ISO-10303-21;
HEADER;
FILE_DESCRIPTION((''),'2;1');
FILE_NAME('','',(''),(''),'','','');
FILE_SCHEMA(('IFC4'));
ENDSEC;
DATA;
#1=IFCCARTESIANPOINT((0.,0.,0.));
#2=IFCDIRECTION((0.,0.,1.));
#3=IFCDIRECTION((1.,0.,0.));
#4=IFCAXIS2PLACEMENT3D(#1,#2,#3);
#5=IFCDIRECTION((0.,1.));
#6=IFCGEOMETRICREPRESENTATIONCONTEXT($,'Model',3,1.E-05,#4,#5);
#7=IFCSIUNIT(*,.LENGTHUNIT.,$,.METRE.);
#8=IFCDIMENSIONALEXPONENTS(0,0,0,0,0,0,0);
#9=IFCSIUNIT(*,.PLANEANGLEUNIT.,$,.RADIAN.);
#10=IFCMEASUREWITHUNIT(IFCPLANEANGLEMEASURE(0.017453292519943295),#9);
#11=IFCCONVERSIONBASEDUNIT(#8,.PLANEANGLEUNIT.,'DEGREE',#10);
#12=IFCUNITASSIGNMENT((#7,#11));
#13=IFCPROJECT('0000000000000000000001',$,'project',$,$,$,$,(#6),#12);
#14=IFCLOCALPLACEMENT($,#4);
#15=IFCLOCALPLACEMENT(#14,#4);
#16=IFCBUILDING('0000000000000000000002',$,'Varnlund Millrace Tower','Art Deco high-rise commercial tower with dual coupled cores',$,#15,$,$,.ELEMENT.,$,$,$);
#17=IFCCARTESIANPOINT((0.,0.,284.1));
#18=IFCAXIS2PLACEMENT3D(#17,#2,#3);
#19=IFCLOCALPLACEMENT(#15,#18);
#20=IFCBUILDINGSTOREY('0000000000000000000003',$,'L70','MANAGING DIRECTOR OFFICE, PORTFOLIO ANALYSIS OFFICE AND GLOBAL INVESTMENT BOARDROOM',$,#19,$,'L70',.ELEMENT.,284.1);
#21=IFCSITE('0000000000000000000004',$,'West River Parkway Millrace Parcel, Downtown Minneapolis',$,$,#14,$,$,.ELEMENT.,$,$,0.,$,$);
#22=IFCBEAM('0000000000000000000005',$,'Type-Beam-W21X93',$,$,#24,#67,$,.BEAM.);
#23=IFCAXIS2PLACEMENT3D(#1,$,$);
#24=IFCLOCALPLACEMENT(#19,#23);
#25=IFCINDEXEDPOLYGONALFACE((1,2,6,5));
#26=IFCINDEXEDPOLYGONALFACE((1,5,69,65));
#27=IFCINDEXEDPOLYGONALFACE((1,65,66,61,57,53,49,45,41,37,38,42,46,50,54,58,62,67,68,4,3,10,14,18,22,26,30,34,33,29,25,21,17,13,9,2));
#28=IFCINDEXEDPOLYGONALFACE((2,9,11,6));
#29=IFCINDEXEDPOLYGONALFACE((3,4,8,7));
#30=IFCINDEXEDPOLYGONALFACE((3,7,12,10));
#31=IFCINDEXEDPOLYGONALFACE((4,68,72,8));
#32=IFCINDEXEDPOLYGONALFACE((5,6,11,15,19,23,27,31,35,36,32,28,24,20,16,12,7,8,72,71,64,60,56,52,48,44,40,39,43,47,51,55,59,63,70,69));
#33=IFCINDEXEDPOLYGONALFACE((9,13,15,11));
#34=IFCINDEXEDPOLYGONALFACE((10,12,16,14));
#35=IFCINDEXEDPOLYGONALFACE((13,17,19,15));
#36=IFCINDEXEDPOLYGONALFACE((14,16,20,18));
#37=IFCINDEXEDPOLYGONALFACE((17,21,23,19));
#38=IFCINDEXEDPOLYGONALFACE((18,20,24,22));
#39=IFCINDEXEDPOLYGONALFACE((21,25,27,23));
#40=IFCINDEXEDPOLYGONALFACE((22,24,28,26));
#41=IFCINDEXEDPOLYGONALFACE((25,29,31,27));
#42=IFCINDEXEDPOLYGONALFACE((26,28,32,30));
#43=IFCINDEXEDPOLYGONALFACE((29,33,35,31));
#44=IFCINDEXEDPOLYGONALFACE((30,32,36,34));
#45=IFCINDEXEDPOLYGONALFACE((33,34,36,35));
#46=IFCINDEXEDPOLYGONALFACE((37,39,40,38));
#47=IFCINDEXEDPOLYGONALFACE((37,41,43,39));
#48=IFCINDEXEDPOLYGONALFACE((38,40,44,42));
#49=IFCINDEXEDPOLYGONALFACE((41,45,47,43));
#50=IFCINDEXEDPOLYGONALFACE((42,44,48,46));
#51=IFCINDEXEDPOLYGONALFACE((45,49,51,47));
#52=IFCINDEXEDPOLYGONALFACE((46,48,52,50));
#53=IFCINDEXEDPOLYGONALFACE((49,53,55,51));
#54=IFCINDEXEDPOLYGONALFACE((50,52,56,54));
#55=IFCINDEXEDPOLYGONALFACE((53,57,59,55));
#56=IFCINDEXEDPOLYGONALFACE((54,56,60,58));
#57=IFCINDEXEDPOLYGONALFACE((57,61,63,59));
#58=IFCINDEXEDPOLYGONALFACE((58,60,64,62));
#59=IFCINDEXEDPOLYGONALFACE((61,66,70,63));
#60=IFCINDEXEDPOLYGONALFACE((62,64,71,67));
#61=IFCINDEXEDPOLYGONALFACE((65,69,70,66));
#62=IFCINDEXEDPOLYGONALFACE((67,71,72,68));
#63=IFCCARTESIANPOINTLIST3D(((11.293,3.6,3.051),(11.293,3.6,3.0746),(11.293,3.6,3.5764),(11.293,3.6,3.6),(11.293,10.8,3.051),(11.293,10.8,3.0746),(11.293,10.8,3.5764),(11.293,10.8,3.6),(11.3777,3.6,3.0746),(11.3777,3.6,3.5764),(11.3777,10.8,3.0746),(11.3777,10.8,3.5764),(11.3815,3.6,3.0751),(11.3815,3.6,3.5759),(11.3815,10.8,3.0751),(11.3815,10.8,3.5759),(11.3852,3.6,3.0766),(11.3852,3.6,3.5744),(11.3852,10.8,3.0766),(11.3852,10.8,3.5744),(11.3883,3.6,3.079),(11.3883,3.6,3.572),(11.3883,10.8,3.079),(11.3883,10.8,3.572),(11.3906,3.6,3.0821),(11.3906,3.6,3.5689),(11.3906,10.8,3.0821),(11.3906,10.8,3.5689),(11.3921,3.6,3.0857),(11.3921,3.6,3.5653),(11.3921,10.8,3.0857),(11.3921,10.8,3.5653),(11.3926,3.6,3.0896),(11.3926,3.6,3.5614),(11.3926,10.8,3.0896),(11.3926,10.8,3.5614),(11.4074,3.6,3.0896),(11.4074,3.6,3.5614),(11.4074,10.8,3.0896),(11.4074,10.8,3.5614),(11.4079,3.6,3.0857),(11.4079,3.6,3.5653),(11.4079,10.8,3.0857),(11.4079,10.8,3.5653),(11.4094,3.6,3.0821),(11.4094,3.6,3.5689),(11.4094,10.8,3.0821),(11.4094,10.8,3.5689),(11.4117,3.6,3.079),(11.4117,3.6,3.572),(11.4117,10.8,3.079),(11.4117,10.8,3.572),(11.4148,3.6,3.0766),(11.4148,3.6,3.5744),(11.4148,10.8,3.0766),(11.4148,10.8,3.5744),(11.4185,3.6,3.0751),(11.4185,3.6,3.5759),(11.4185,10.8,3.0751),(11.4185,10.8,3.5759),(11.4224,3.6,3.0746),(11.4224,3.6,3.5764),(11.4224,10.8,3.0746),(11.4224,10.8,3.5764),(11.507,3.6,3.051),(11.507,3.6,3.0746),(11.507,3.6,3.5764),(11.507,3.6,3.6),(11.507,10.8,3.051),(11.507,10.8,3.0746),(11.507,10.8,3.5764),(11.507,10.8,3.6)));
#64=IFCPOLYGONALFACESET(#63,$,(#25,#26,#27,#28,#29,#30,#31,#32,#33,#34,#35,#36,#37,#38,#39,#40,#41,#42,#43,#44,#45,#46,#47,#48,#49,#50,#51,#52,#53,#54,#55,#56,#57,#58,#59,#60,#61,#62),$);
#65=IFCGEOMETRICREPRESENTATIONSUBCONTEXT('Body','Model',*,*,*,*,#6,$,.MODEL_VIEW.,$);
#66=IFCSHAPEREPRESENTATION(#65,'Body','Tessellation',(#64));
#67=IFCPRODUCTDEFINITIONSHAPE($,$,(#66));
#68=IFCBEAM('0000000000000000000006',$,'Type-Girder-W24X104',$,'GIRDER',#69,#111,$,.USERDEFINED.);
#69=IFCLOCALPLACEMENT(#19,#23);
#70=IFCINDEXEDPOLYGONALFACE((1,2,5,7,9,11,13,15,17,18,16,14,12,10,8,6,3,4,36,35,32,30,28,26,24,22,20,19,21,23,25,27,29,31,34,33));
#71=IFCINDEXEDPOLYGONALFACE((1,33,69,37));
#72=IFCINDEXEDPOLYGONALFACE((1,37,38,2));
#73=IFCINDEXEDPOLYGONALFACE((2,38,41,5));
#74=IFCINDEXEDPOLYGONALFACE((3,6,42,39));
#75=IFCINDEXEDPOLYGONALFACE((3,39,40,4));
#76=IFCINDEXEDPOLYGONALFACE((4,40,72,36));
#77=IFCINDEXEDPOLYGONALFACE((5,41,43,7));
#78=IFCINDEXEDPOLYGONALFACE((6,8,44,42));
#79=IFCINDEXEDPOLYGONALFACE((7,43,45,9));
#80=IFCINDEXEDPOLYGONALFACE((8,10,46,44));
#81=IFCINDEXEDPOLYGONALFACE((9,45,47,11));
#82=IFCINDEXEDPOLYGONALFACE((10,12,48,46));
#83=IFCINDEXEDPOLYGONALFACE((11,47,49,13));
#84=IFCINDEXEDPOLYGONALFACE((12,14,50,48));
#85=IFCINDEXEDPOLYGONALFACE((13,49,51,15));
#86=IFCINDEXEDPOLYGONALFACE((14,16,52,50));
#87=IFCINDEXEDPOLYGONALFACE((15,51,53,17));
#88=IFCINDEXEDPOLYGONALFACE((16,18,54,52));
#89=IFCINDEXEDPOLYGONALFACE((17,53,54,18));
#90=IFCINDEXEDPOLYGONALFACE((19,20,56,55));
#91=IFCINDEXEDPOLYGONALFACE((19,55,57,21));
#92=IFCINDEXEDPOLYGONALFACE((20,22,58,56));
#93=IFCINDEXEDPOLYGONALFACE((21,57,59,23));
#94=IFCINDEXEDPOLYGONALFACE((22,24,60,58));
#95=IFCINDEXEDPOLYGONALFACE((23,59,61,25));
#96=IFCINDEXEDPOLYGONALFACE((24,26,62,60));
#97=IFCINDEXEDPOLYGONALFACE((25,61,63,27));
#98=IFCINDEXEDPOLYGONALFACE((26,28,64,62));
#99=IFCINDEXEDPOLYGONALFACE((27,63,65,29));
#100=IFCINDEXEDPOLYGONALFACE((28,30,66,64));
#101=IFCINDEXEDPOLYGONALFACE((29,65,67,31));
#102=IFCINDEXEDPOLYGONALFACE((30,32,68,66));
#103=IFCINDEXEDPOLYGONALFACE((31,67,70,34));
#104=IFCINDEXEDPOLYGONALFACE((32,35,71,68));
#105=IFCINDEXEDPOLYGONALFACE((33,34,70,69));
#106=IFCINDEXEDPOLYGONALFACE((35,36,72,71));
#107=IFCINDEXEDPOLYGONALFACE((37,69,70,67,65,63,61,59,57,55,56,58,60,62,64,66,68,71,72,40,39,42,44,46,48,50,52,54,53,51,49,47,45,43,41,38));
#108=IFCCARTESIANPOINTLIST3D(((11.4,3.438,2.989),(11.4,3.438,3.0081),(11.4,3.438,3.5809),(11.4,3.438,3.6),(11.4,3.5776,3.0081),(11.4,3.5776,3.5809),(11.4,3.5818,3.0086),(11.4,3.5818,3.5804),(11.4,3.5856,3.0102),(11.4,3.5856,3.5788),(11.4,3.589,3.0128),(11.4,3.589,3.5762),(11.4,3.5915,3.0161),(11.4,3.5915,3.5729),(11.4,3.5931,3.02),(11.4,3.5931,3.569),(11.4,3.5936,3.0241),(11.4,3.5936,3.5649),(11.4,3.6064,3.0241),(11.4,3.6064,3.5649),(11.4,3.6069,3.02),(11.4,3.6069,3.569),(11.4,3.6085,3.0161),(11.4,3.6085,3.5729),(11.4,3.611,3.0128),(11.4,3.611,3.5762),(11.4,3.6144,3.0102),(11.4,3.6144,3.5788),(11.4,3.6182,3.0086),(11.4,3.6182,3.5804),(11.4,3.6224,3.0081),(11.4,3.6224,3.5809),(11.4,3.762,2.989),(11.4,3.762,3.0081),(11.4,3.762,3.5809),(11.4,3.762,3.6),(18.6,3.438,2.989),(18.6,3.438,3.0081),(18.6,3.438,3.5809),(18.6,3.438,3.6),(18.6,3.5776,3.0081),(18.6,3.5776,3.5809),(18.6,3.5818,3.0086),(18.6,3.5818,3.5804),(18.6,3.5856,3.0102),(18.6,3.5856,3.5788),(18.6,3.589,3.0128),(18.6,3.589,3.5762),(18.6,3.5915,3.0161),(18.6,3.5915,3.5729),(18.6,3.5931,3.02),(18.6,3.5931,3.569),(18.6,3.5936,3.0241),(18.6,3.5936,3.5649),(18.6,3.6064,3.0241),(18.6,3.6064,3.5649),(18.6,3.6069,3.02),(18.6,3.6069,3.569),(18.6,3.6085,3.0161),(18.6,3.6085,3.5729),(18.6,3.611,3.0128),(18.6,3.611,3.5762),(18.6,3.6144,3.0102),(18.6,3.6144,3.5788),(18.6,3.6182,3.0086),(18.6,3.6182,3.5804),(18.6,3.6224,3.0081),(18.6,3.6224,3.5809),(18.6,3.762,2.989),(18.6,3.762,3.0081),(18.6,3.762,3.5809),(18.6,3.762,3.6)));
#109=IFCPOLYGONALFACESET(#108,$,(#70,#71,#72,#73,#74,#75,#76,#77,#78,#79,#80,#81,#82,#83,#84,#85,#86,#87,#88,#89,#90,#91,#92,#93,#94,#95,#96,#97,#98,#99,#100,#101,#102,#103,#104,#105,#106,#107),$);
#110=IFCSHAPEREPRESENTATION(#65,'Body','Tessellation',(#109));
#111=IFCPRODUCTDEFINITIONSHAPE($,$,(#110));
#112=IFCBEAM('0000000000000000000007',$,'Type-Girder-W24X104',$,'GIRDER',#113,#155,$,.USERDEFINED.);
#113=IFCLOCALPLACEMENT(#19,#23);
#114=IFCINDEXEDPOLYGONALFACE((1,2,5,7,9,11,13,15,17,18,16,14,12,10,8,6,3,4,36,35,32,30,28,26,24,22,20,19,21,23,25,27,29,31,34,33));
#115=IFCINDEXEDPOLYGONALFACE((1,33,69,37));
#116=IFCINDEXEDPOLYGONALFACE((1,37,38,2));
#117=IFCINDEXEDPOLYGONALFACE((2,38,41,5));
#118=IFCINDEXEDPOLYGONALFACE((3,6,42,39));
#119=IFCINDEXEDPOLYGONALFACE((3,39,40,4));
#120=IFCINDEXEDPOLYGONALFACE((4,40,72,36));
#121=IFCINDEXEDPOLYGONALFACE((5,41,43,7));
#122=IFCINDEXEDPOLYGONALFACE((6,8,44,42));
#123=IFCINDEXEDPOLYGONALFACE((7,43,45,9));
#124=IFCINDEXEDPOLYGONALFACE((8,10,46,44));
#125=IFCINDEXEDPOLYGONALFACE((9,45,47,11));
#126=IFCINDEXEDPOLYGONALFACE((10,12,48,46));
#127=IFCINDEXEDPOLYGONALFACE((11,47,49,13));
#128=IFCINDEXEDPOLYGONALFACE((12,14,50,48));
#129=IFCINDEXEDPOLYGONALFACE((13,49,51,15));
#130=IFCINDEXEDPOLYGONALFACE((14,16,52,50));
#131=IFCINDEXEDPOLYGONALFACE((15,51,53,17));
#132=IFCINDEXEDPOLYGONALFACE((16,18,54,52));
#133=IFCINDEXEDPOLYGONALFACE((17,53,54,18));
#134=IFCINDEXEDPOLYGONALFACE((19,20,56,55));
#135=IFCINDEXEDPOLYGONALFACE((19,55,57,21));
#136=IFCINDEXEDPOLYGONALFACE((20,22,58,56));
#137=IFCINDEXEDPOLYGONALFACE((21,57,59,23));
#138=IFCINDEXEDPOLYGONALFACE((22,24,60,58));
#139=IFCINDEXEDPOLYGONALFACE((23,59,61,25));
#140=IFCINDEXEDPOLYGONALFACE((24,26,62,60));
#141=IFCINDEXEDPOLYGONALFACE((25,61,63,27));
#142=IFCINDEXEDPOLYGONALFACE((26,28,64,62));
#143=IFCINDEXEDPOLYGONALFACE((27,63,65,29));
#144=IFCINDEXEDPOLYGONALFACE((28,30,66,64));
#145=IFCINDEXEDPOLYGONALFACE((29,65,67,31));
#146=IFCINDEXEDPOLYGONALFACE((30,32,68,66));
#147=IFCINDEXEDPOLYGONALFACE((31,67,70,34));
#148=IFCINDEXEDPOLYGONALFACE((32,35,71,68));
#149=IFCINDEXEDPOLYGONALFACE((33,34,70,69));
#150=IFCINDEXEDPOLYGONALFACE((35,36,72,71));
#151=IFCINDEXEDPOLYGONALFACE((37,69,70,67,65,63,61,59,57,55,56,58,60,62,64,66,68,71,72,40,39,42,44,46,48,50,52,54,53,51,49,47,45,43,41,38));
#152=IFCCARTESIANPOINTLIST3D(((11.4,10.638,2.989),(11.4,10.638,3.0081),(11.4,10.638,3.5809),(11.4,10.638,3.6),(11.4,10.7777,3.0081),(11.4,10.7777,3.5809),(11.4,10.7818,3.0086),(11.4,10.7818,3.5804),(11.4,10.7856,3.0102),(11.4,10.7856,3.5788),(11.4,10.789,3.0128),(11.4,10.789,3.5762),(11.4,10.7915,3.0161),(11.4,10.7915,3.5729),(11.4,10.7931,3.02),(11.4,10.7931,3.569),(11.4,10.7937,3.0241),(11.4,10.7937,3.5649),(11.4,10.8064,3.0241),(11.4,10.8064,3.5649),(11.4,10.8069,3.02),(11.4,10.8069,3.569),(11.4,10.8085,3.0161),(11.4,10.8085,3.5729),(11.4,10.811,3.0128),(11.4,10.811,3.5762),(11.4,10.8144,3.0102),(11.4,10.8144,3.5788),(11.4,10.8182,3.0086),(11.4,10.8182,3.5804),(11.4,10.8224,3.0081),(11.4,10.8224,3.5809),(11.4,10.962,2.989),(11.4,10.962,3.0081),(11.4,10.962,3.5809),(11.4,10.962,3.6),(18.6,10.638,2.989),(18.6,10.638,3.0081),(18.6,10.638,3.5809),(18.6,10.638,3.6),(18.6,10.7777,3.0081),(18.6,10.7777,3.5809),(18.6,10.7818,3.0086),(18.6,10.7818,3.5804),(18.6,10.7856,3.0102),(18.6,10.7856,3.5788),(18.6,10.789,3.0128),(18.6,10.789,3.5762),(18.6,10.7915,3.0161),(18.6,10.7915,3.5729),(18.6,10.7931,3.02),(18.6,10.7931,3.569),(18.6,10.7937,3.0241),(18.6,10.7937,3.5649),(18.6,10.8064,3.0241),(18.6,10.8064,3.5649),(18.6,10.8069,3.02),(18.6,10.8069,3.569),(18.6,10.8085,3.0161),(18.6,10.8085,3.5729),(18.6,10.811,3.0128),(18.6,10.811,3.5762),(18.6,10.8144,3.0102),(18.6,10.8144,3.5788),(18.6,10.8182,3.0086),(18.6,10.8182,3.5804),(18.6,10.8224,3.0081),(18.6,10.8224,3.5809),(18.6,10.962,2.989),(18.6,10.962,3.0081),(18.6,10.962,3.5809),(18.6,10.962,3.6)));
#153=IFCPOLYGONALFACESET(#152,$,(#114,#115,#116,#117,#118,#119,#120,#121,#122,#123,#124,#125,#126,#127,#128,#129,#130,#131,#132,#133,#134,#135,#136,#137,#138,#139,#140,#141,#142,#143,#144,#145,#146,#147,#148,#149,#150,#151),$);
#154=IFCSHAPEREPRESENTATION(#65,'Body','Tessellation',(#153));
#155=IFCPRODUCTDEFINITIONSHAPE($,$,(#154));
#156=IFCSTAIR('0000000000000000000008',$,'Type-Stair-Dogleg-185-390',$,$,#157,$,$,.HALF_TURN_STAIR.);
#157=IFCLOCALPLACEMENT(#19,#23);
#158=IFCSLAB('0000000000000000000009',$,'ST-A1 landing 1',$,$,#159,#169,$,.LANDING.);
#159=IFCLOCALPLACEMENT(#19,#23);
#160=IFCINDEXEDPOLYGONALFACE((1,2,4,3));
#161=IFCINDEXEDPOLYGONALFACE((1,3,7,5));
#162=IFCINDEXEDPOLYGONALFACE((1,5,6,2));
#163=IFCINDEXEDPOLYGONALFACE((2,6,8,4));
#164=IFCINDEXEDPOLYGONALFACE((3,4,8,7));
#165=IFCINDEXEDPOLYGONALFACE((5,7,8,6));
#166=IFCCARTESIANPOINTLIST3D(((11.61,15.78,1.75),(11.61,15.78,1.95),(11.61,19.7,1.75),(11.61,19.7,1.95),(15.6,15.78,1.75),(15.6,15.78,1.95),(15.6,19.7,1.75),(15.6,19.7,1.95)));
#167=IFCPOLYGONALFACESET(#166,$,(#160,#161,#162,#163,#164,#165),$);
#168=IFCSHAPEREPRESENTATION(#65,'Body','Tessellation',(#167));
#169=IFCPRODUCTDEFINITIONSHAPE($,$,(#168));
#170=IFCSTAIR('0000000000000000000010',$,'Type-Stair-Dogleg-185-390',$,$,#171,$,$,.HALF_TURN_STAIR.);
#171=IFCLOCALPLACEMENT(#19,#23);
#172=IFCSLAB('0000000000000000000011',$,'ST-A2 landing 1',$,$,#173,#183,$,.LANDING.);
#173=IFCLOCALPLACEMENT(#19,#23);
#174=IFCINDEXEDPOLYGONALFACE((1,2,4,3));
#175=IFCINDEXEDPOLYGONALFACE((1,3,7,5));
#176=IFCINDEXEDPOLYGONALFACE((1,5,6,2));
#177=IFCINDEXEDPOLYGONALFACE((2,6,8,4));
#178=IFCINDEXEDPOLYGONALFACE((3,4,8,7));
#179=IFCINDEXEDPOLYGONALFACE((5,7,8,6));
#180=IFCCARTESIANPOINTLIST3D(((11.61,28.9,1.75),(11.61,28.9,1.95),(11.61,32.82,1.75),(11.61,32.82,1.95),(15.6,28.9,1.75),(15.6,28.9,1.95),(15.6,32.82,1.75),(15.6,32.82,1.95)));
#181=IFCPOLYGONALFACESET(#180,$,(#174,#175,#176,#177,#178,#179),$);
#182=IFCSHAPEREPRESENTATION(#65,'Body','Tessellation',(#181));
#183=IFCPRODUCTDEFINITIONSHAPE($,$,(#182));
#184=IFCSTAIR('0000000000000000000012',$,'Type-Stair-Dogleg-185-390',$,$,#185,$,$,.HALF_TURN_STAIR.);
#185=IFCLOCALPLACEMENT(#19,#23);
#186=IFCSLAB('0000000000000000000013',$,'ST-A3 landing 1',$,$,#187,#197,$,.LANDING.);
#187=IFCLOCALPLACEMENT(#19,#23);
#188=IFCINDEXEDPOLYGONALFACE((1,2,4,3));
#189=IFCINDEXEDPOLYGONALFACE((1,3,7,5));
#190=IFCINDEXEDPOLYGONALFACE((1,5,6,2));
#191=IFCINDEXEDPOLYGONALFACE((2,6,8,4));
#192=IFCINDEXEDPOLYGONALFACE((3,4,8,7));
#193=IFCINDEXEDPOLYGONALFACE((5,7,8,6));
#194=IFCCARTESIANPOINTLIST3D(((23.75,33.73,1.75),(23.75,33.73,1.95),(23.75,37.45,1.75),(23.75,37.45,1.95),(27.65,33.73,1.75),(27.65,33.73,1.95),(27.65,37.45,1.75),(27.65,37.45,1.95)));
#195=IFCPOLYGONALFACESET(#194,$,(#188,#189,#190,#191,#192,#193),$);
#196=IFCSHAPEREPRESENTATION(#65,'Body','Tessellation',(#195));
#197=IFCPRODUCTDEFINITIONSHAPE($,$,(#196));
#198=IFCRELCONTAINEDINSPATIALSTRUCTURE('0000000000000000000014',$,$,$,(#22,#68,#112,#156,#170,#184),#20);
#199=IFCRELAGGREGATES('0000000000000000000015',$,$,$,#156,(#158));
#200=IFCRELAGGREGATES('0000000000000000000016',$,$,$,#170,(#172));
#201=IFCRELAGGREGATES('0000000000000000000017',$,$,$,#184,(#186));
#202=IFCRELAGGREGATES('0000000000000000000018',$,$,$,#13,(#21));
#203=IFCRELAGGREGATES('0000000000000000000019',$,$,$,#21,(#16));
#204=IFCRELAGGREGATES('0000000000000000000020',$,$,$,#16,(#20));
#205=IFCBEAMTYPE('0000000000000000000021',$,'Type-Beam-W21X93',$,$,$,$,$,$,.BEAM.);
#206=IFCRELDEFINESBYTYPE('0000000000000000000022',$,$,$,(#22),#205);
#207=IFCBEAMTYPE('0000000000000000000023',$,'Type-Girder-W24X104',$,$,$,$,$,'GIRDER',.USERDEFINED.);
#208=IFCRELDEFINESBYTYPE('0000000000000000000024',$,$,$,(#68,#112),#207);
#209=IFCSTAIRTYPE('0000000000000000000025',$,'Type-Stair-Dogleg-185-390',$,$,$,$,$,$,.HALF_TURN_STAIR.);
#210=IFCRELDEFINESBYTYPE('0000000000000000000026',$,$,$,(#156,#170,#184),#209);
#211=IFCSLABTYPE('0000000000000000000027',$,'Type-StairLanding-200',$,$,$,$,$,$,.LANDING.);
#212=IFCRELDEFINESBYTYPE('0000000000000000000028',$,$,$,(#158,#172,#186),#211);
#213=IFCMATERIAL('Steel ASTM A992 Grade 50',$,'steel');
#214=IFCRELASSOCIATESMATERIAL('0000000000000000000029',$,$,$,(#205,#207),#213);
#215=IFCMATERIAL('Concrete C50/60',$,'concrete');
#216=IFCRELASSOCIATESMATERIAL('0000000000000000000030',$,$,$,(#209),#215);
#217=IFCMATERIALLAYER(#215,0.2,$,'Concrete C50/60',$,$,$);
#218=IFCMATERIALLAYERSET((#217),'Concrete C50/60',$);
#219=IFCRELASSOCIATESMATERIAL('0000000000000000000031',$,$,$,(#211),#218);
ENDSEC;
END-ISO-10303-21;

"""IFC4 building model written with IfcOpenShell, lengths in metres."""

from ifc_helpers import new_model, entity, si_unit, converted_unit, direction, frame, origin_with_axes, origin_2d_with_axis, place, context, subcontext, project, spatial, polyline, i_section, outline, extrude, material, layer, layer_set, material_profile, profile_set, type_object, element, aggregate, save


model = new_model("IFC4")

# Units and contexts
model_context = context("Model", 3, precision=1e-05, world=origin_with_axes(), true_north=direction((0.0, 1.0)))
body_context = subcontext(model_context, "Body", "Model", "MODEL_VIEW")
ifc_project = project(units=[si_unit("LENGTHUNIT", "METRE"), converted_unit("PLANEANGLEUNIT", "DEGREE", entity("IfcPlaneAngleMeasure", 0.017453292519943295), si_unit("PLANEANGLEUNIT", "RADIAN"), dimensions=[0, 0, 0, 0, 0, 0, 0])], contexts=[model_context])

# Site, building, storey
site_placement = place(None, origin_with_axes())
site = spatial("IfcSite", under=ifc_project, at=site_placement, Name="West River Parkway Millrace Parcel, Downtown Minneapolis", CompositionType="ELEMENT", RefElevation=0.0)
building_placement = place(site_placement, origin_with_axes())
building = spatial("IfcBuilding", under=site, at=building_placement, Name="Varnlund Millrace Tower", Description="Art Deco high-rise commercial tower with dual coupled cores", CompositionType="ELEMENT")
storey_placement = place(building_placement, frame((0.0, 0.0, 284.1), z_axis=(0.0, 0.0, 1.0), x_axis=(1.0, 0.0, 0.0)))
storey = spatial("IfcBuildingStorey", under=building, at=storey_placement, Name="L70", Description="MANAGING DIRECTOR OFFICE, PORTFOLIO ANALYSIS OFFICE AND GLOBAL INVESTMENT BOARDROOM", LongName="L70", CompositionType="ELEMENT", Elevation=284.1)

# Beams
ifc_material_1 = material(Name="Steel ASTM A992 Grade 50", Category="steel")
ifc_material_profile_1 = material_profile(ifc_material_1, i_section(OverallWidth=0.214, OverallDepth=0.549, WebThickness=0.0147, FlangeThickness=0.0236, FilletRadius=0.015, at=origin_2d_with_axis()), Name="Steel ASTM A992 Grade 50")
ifc_profile_set_1 = profile_set([ifc_material_profile_1], Name="Steel ASTM A992 Grade 50")
beam_type_1 = type_object("IfcBeamType", Name="Type-Beam-W21X93", PredefinedType="BEAM", material=ifc_profile_set_1)
beam_placement = place(storey_placement, frame((11.4, 3.6, 3.3255), z_axis=(0.0, 1.0, 0.0), x_axis=(-1.0, 0.0, 0.0)))
element("IfcBeam", 1, at=beam_placement, inside=storey, type_object=beam_type_1, Name="Type-Beam-W21X93", PredefinedType="BEAM", context=body_context, shape_type="SweptSolid", body=[
    extrude(i_section(OverallWidth=0.214, OverallDepth=0.549, WebThickness=0.0147, FlangeThickness=0.0236, FilletRadius=0.015, at=origin_2d_with_axis()), origin_with_axes(), (0.0, 0.0, 1.0), 7.2),
])
ifc_material_profile_2 = material_profile(ifc_material_1, i_section(OverallWidth=0.324, OverallDepth=0.611, WebThickness=0.0127, FlangeThickness=0.0191, FilletRadius=0.016, at=origin_2d_with_axis()), Name="Steel ASTM A992 Grade 50")
ifc_profile_set_2 = profile_set([ifc_material_profile_2], Name="Steel ASTM A992 Grade 50")
beam_type_2 = type_object("IfcBeamType", Name="Type-Girder-W24X104", ElementType="GIRDER", PredefinedType="USERDEFINED", material=ifc_profile_set_2)
for number, where, z_axis, x_axis, name in (
    (2, (11.4, 3.6, 3.2945), (1.0, 0.0, 0.0), (0.0, 1.0, 0.0), "Type-Girder-W24X104"),
    (3, (11.4, 10.8, 3.2945), (1.0, 0.0, 0.0), (0.0, 1.0, 0.0), "Type-Girder-W24X104"),
):
    element("IfcBeam", number, at=place(storey_placement, frame(where, z_axis=z_axis, x_axis=x_axis)), inside=storey, type_object=beam_type_2, Name=name, ObjectType="GIRDER", PredefinedType="USERDEFINED", context=body_context, shape_type="SweptSolid", body=[
        extrude(i_section(OverallWidth=0.324, OverallDepth=0.611, WebThickness=0.0127, FlangeThickness=0.0191, FilletRadius=0.016, at=origin_2d_with_axis()), origin_with_axes(), (0.0, 0.0, 1.0), 7.2),
    ])

# Stairs, slabs
ifc_material_2 = material(Name="Concrete C50/60", Category="concrete")
stair_type = type_object("IfcStairType", Name="Type-Stair-Dogleg-185-390", PredefinedType="HALF_TURN_STAIR", material=ifc_material_2)
stair_1_placement = place(storey_placement, origin_with_axes())
stair_1 = element("IfcStair", 4, at=stair_1_placement, inside=storey, type_object=stair_type, Name="Type-Stair-Dogleg-185-390", PredefinedType="HALF_TURN_STAIR")
ifc_layer_1 = layer(ifc_material_2, 0.2, Name="Concrete C50/60")
ifc_layer_set_1 = layer_set([ifc_layer_1], Name="Concrete C50/60")
slab_type = type_object("IfcSlabType", Name="Type-StairLanding-200", PredefinedType="LANDING", material=ifc_layer_set_1)
slab_1_placement = place(storey_placement, frame((0.0, 0.0, 1.75), z_axis=(0.0, 0.0, 1.0), x_axis=(1.0, 0.0, 0.0)))
slab_1 = element("IfcSlab", 5, at=slab_1_placement, type_object=slab_type, Name="ST-A1 landing 1", PredefinedType="LANDING", context=body_context, shape_type="SweptSolid", body=[
    extrude(outline(polyline([(15.6, 15.78), (15.6, 19.7), (11.61, 19.7), (11.61, 15.78), (15.6, 15.78)])), origin_with_axes(), (0.0, 0.0, 1.0), 0.2),
])
aggregate(stair_1, [slab_1])
stair_2_placement = place(storey_placement, origin_with_axes())
stair_2 = element("IfcStair", 6, at=stair_2_placement, inside=storey, type_object=stair_type, Name="Type-Stair-Dogleg-185-390", PredefinedType="HALF_TURN_STAIR")
slab_2_placement = place(storey_placement, frame((0.0, 0.0, 1.75), z_axis=(0.0, 0.0, 1.0), x_axis=(1.0, 0.0, 0.0)))
slab_2 = element("IfcSlab", 7, at=slab_2_placement, type_object=slab_type, Name="ST-A2 landing 1", PredefinedType="LANDING", context=body_context, shape_type="SweptSolid", body=[
    extrude(outline(polyline([(11.61, 32.82), (11.61, 28.9), (15.6, 28.9), (15.6, 32.82), (11.61, 32.82)])), origin_with_axes(), (0.0, 0.0, 1.0), 0.2),
])
aggregate(stair_2, [slab_2])
stair_3_placement = place(storey_placement, origin_with_axes())
stair_3 = element("IfcStair", 8, at=stair_3_placement, inside=storey, type_object=stair_type, Name="Type-Stair-Dogleg-185-390", PredefinedType="HALF_TURN_STAIR")
slab_3_placement = place(storey_placement, frame((0.0, 0.0, 1.75), z_axis=(0.0, 0.0, 1.0), x_axis=(1.0, 0.0, 0.0)))
slab_3 = element("IfcSlab", 9, at=slab_3_placement, type_object=slab_type, Name="ST-A3 landing 1", PredefinedType="LANDING", context=body_context, shape_type="SweptSolid", body=[
    extrude(outline(polyline([(27.65, 33.73), (27.65, 37.45), (23.75, 37.45), (23.75, 33.73), (27.65, 33.73)])), origin_with_axes(), (0.0, 0.0, 1.0), 0.2),
])
aggregate(stair_3, [slab_3])

save(model, "model.ifc")
